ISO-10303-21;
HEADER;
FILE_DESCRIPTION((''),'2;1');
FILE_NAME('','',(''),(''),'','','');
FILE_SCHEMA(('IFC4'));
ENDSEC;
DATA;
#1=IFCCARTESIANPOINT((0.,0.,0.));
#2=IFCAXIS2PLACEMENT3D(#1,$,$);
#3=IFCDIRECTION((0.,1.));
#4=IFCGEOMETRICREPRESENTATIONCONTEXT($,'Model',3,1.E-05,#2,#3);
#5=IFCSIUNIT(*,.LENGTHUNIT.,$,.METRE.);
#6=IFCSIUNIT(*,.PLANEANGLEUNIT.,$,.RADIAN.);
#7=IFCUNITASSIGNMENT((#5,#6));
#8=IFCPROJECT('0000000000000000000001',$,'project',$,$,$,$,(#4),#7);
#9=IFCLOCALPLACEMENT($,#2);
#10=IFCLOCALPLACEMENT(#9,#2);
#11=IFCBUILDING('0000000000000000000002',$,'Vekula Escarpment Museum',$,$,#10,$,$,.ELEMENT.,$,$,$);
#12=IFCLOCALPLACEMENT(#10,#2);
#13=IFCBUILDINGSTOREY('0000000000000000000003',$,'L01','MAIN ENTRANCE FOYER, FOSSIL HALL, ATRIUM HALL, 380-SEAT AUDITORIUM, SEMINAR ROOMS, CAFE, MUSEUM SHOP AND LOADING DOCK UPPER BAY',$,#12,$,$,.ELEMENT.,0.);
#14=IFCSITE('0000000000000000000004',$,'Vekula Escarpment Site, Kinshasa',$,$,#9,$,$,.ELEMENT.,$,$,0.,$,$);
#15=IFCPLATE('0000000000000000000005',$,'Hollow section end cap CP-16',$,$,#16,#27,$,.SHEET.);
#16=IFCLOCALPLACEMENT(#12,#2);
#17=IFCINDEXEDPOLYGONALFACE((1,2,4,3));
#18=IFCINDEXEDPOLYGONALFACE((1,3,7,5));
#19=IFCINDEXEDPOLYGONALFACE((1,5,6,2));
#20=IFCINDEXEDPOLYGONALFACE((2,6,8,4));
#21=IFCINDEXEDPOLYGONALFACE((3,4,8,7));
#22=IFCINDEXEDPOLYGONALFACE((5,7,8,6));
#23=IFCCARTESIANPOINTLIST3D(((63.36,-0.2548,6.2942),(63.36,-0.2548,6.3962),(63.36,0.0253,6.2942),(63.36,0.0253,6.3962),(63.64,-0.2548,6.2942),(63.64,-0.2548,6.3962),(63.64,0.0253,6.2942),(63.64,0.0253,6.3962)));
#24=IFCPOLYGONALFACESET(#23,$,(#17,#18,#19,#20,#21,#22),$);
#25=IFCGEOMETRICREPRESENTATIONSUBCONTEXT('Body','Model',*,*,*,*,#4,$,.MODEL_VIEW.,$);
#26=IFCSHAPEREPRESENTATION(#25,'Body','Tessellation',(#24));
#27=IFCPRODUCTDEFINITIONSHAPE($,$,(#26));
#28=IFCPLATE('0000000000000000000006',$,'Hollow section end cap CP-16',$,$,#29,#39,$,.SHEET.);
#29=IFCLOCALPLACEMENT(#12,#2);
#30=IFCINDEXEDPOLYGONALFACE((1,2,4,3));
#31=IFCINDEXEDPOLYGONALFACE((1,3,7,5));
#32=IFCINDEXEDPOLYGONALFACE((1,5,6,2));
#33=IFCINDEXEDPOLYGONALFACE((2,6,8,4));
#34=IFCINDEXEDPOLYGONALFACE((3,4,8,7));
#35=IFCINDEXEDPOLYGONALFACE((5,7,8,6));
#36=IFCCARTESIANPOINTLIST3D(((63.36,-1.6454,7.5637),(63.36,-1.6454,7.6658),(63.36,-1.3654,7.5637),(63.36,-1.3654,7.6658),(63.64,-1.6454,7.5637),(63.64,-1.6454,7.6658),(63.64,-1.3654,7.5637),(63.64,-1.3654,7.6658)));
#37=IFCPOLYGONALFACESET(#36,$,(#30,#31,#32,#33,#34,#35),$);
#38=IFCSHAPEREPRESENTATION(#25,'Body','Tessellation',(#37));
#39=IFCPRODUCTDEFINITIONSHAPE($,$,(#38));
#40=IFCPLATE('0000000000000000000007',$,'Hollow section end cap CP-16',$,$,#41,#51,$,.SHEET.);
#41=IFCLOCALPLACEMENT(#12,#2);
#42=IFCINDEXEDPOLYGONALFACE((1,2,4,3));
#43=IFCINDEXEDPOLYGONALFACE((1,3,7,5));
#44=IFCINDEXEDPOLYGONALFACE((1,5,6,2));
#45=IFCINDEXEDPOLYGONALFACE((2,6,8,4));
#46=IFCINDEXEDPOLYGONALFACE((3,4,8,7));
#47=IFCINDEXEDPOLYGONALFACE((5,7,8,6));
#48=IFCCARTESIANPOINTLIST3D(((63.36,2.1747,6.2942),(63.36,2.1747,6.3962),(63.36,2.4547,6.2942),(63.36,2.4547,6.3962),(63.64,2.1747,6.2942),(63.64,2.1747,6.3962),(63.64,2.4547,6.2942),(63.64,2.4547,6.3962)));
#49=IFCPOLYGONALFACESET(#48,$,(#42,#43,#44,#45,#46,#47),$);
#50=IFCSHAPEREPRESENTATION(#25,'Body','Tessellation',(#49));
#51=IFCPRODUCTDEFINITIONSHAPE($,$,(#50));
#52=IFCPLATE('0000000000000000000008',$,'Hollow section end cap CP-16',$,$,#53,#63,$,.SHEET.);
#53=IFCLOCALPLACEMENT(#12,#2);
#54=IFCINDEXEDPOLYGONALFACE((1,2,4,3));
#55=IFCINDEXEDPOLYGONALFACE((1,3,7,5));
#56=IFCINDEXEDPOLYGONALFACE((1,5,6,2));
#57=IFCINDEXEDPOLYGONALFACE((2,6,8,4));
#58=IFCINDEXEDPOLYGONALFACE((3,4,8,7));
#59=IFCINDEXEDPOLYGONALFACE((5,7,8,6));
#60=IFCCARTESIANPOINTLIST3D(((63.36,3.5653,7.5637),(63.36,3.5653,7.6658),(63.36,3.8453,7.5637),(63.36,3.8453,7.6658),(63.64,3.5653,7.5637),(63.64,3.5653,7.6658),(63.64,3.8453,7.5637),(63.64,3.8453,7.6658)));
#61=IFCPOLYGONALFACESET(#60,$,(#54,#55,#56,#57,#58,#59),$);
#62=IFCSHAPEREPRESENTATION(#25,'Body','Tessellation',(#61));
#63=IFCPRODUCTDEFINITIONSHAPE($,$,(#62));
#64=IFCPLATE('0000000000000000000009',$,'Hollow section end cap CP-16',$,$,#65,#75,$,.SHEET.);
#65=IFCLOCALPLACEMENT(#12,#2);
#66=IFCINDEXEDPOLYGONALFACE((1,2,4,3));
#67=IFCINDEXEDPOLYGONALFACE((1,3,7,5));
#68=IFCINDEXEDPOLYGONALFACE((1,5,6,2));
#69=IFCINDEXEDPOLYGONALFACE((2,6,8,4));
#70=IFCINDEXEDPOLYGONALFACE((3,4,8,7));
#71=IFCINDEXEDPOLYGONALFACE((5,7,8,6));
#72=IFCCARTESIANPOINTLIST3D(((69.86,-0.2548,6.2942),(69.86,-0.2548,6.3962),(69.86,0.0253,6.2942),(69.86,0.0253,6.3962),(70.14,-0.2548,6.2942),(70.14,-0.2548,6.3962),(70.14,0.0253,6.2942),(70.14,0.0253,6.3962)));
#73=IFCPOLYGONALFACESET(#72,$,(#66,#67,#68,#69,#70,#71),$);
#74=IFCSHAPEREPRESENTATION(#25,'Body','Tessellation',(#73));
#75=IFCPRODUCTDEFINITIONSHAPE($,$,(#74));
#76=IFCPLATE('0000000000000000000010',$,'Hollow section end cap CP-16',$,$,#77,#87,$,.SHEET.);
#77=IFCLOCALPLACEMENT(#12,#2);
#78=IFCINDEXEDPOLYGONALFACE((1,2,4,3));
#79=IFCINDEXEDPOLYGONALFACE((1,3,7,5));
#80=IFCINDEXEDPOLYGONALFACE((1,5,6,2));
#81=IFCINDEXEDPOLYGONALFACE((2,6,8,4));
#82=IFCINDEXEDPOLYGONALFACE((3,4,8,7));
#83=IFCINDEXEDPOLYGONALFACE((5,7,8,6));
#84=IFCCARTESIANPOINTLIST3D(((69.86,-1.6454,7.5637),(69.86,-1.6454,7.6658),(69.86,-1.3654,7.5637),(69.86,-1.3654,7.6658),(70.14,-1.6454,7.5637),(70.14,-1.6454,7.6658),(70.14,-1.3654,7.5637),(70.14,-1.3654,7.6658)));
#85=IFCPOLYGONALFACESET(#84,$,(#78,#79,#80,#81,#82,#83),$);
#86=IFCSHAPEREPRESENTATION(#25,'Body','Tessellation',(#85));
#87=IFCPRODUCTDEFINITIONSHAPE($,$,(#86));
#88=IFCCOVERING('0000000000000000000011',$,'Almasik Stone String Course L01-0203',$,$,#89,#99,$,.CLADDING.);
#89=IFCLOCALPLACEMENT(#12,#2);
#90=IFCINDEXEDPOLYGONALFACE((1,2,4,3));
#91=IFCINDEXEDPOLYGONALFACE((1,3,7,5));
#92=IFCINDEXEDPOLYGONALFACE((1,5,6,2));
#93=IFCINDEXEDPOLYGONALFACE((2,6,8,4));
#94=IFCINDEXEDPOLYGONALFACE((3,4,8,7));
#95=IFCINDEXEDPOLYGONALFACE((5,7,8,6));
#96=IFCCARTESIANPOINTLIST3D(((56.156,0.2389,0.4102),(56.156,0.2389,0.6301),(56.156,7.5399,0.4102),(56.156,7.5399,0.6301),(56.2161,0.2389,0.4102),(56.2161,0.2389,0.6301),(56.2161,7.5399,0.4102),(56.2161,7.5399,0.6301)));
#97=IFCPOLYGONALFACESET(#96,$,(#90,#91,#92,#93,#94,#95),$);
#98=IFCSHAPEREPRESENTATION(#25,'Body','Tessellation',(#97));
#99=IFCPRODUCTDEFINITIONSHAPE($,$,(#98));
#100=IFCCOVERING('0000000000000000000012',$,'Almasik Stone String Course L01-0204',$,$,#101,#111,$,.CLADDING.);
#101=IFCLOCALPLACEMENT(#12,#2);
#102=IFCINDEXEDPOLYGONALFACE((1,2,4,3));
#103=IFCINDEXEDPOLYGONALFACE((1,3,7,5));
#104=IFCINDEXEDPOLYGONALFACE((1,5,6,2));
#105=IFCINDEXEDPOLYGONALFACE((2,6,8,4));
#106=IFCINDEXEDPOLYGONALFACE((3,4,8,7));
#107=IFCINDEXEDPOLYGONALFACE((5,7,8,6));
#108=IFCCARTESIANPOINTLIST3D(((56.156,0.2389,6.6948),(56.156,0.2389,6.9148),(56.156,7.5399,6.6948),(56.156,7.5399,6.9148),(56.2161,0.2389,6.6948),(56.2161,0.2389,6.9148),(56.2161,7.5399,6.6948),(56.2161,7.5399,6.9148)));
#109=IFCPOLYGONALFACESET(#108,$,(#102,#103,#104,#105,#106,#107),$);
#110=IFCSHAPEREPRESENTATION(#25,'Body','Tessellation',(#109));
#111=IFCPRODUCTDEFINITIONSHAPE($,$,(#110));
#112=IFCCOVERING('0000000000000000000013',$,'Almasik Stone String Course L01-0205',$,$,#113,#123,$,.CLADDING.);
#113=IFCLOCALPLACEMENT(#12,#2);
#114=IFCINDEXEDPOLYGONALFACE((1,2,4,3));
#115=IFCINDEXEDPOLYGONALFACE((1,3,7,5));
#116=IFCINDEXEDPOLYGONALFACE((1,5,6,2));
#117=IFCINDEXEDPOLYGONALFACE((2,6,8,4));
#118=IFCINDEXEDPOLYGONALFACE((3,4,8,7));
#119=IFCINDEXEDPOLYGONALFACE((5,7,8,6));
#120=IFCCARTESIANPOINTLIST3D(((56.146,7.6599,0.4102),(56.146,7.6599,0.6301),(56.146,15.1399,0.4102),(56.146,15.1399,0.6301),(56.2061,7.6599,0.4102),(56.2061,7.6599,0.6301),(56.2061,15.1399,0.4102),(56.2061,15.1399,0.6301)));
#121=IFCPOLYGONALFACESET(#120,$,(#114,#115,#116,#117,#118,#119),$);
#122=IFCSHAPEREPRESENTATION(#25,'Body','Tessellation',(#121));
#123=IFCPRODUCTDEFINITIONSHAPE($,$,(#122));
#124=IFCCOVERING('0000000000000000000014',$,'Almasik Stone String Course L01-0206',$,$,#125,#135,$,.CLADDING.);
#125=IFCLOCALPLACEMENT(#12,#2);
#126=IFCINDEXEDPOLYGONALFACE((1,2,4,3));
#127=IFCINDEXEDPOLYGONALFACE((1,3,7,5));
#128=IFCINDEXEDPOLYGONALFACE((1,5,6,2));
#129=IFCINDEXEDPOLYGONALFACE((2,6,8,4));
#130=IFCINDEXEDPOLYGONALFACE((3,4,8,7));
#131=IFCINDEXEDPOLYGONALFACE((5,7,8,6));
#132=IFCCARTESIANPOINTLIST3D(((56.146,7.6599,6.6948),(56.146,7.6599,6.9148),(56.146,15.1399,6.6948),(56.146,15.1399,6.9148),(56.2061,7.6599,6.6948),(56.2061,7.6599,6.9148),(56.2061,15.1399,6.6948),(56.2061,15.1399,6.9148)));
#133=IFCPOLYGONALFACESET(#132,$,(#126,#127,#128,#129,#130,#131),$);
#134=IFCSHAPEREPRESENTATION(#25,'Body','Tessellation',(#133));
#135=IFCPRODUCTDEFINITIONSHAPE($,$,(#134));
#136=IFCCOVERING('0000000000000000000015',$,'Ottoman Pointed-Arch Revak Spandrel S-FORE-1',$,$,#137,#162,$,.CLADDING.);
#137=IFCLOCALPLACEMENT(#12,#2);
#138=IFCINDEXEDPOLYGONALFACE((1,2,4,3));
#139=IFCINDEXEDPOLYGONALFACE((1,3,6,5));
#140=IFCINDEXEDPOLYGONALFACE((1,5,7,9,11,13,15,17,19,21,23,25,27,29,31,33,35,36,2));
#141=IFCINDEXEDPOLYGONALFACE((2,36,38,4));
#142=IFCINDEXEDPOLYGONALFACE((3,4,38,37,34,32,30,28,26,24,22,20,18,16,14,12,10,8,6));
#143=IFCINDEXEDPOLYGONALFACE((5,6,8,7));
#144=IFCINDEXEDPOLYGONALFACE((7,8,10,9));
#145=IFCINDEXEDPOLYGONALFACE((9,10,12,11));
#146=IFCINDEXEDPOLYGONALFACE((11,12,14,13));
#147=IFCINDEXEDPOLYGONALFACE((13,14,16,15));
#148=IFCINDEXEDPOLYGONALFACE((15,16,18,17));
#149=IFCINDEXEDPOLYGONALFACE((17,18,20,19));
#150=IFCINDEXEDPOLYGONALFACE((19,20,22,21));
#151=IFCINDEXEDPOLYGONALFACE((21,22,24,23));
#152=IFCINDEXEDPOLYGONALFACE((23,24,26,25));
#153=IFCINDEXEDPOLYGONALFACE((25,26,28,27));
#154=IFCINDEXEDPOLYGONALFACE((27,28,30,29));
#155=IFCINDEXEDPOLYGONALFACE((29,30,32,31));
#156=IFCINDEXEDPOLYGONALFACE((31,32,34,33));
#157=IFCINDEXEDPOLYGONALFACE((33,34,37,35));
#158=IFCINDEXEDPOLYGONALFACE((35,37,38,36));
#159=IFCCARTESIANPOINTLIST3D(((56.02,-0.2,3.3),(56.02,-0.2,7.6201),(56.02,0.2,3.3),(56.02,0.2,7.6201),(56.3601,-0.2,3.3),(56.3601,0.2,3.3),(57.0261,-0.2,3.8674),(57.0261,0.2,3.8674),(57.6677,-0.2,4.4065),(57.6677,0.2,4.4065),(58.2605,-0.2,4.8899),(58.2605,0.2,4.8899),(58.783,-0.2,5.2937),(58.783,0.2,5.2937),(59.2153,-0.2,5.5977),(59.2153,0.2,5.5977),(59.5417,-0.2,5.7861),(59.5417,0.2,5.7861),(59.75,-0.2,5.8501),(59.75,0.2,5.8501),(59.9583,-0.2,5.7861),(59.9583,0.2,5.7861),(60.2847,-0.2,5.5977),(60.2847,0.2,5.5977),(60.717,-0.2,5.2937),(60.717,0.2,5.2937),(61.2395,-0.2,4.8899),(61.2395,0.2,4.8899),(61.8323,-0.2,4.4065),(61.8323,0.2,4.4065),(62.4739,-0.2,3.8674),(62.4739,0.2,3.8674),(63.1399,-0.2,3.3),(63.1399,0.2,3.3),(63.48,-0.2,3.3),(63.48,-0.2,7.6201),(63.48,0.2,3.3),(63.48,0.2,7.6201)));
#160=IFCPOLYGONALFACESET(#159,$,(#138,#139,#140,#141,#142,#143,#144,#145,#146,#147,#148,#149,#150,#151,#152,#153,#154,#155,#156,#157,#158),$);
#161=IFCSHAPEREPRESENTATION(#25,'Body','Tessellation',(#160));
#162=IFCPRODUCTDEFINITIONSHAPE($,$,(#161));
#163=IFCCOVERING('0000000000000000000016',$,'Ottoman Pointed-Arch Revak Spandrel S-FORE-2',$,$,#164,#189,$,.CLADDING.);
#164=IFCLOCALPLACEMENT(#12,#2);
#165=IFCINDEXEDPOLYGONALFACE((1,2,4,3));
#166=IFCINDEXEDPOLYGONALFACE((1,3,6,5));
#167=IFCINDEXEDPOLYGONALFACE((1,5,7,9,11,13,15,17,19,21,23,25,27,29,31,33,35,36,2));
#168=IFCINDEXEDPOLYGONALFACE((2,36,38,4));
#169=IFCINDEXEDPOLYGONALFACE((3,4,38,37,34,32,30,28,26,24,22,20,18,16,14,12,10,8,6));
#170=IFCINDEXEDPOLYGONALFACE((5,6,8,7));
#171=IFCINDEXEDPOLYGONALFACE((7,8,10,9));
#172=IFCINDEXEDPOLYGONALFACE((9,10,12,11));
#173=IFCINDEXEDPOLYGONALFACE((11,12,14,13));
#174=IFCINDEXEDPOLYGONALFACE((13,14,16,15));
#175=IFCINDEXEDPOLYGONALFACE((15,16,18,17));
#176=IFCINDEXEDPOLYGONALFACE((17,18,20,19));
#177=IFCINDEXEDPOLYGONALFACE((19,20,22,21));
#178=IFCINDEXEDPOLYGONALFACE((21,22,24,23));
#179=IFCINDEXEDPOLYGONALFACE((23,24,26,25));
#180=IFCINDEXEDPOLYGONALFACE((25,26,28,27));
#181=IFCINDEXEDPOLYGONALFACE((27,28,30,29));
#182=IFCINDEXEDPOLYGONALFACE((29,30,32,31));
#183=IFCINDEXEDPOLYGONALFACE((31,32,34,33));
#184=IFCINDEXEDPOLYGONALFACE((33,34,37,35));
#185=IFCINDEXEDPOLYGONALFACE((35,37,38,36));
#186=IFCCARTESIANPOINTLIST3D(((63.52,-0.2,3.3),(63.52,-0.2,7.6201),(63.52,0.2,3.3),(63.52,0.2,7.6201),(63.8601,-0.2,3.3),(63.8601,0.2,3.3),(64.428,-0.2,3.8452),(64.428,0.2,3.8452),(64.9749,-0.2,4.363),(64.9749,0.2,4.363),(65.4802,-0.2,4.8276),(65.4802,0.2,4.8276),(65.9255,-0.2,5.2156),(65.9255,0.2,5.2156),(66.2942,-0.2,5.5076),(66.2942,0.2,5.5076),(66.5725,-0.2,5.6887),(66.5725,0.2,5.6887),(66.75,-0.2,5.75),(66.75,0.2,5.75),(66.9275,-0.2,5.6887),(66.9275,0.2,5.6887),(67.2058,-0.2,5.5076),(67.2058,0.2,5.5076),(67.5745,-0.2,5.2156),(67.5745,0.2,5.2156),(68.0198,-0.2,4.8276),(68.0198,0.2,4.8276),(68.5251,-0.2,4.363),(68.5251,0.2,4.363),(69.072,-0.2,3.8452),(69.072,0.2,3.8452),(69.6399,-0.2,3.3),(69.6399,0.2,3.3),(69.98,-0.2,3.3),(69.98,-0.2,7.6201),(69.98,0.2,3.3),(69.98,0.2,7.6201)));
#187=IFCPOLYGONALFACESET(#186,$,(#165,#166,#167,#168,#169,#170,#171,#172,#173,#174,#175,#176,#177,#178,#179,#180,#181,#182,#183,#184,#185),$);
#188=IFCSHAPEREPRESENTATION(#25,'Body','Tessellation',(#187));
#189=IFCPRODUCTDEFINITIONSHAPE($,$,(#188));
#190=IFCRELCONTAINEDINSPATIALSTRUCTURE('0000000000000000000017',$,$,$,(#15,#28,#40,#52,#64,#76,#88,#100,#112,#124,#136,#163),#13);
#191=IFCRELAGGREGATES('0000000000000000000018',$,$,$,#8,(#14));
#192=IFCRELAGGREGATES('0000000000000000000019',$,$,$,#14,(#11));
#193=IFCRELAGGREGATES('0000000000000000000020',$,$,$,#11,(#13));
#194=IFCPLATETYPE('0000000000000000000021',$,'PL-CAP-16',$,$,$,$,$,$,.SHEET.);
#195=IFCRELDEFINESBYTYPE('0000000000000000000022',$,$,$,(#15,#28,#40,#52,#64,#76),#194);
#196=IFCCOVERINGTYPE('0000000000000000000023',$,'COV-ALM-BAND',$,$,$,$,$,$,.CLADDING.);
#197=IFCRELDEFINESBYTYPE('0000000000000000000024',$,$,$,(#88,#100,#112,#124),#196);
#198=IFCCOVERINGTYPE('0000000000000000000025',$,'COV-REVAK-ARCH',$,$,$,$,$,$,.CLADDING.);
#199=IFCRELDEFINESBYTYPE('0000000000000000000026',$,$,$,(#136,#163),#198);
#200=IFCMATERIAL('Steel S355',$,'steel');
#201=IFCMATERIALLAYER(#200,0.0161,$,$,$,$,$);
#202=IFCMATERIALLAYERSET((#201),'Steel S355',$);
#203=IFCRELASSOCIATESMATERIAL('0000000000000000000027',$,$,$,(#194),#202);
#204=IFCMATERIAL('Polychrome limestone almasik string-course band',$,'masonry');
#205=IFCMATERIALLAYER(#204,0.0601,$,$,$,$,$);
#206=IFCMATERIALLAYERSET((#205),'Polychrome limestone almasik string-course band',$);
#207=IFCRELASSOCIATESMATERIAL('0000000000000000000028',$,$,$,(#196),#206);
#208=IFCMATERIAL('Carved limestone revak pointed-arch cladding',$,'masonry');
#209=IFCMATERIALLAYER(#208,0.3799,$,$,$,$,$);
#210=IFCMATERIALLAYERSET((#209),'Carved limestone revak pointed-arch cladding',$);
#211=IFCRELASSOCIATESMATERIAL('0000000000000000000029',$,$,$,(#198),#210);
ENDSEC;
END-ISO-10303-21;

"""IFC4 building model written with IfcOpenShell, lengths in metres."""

from ifc_helpers import new_model, si_unit, direction, frame, origin, origin_2d, place, context, subcontext, project, spatial, polyline, rectangle, outline, extrude, material, layer, layer_set, type_object, element, save


model = new_model("IFC4")

# Units and contexts
model_context = context("Model", 3, precision=1e-05, world=origin(), true_north=direction((0.0, 1.0)))
body_context = subcontext(model_context, "Body", "Model", "MODEL_VIEW")
ifc_project = project(units=[si_unit("LENGTHUNIT", "METRE"), si_unit("PLANEANGLEUNIT", "RADIAN")], contexts=[model_context])

# Site, building, storey
site_placement = place(None, origin())
site = spatial("IfcSite", under=ifc_project, at=site_placement, Name="Vekula Escarpment Site, Kinshasa", CompositionType="ELEMENT", RefElevation=0.0)
building_placement = place(site_placement, origin())
building = spatial("IfcBuilding", under=site, at=building_placement, Name="Vekula Escarpment Museum", CompositionType="ELEMENT")
storey_placement = place(building_placement, origin())
storey = spatial("IfcBuildingStorey", under=building, at=storey_placement, Name="L01", Description="MAIN ENTRANCE FOYER, FOSSIL HALL, ATRIUM HALL, 380-SEAT AUDITORIUM, SEMINAR ROOMS, CAFE, MUSEUM SHOP AND LOADING DOCK UPPER BAY", CompositionType="ELEMENT", Elevation=0.0)

# Plates
ifc_material_1 = material(Name="Steel S355", Category="steel")
ifc_layer_1 = layer(ifc_material_1, 0.0161)
ifc_layer_set_1 = layer_set([ifc_layer_1], Name="Steel S355")
plate_type = type_object("IfcPlateType", Name="PL-CAP-16", PredefinedType="SHEET", material=ifc_layer_set_1)
for number, where, z_axis, x_axis, name in (
    (1, (63.5, -0.1147, 6.2942), (0.0, 0.0, 1.0), (1.0, 0.0, 0.0), "Hollow section end cap CP-16"),
    (2, (63.5, -1.5054, 7.5637), (0.0, 0.0, 1.0), (1.0, 0.0, 0.0), "Hollow section end cap CP-16"),
    (3, (63.5, 2.3147, 6.2942), (0.0, 0.0, 1.0), (1.0, 0.0, 0.0), "Hollow section end cap CP-16"),
    (4, (63.5, 3.7053, 7.5637), (0.0, 0.0, 1.0), (1.0, 0.0, 0.0), "Hollow section end cap CP-16"),
    (5, (70.0, -0.1147, 6.2942), (0.0, 0.0, 1.0), (1.0, 0.0, 0.0), "Hollow section end cap CP-16"),
    (6, (70.0, -1.5054, 7.5637), (0.0, 0.0, 1.0), (1.0, 0.0, 0.0), "Hollow section end cap CP-16"),
):
    element("IfcPlate", number, at=place(storey_placement, frame(where, z_axis=z_axis, x_axis=x_axis)), inside=storey, type_object=plate_type, Name=name, PredefinedType="SHEET", context=body_context, shape_type="SweptSolid", body=[
        extrude(rectangle(XDim=0.28, YDim=0.28, at=origin_2d()), origin(), (0.0, 0.0, 1.0), 0.1021),
    ])

# Coverings
ifc_material_2 = material(Name="Polychrome limestone almasik string-course band", Category="masonry")
ifc_layer_2 = layer(ifc_material_2, 0.0601)
ifc_layer_set_2 = layer_set([ifc_layer_2], Name="Polychrome limestone almasik string-course band")
covering_type_1 = type_object("IfcCoveringType", Name="COV-ALM-BAND", PredefinedType="CLADDING", material=ifc_layer_set_2)
for number, where, z_axis, x_axis, name in (
    (7, (56.186, 3.8894, 0.4102), (0.0, 0.0, 1.0), (0.0, 1.0, 0.0), "Almasik Stone String Course L01-0203"),
    (8, (56.186, 3.8894, 6.6948), (0.0, 0.0, 1.0), (0.0, 1.0, 0.0), "Almasik Stone String Course L01-0204"),
):
    element("IfcCovering", number, at=place(storey_placement, frame(where, z_axis=z_axis, x_axis=x_axis)), inside=storey, type_object=covering_type_1, Name=name, PredefinedType="CLADDING", context=body_context, shape_type="SweptSolid", body=[
        extrude(rectangle(XDim=7.301, YDim=0.0601, at=origin_2d()), origin(), (0.0, 0.0, 1.0), 0.22),
    ])
for number, where, z_axis, x_axis, name in (
    (9, (56.176, 11.3999, 0.4102), (0.0, 0.0, 1.0), (0.0, 1.0, 0.0), "Almasik Stone String Course L01-0205"),
    (10, (56.176, 11.3999, 6.6948), (0.0, 0.0, 1.0), (0.0, 1.0, 0.0), "Almasik Stone String Course L01-0206"),
):
    element("IfcCovering", number, at=place(storey_placement, frame(where, z_axis=z_axis, x_axis=x_axis)), inside=storey, type_object=covering_type_1, Name=name, PredefinedType="CLADDING", context=body_context, shape_type="SweptSolid", body=[
        extrude(rectangle(XDim=7.48, YDim=0.0601, at=origin_2d()), origin(), (0.0, 0.0, 1.0), 0.22),
    ])
ifc_material_3 = material(Name="Carved limestone revak pointed-arch cladding", Category="masonry")
ifc_layer_3 = layer(ifc_material_3, 0.3799)
ifc_layer_set_3 = layer_set([ifc_layer_3], Name="Carved limestone revak pointed-arch cladding")
covering_type_2 = type_object("IfcCoveringType", Name="COV-REVAK-ARCH", PredefinedType="CLADDING", material=ifc_layer_set_3)
covering_1_placement = place(storey_placement, frame((59.75, 0.2, 3.3), z_axis=(0.0, -1.0, 0.0), x_axis=(1.0, 0.0, 0.0)))
element("IfcCovering", 11, at=covering_1_placement, inside=storey, type_object=covering_type_2, Name="Ottoman Pointed-Arch Revak Spandrel S-FORE-1", PredefinedType="CLADDING", context=body_context, shape_type="SweptSolid", body=[
    extrude(outline(polyline([(-3.73, 4.3201), (3.73, 4.3201), (3.73, 0.0), (3.3899, 0.0), (2.7239, 0.5674), (2.0823, 1.1064), (1.4895, 1.5898), (0.967, 1.9937), (0.5347, 2.2976), (0.2083, 2.4861), (0.0, 2.55), (-0.2083, 2.4861), (-0.5347, 2.2976), (-0.967, 1.9937), (-1.4895, 1.5898), (-2.0823, 1.1064), (-2.7239, 0.5674), (-3.3899, 0.0), (-3.73, 0.0), (-3.73, 4.3201)])), origin(), (0.0, 0.0, 1.0), 0.3999),
])
covering_2_placement = place(storey_placement, frame((66.75, 0.2, 3.3), z_axis=(0.0, -1.0, 0.0), x_axis=(1.0, 0.0, 0.0)))
element("IfcCovering", 12, at=covering_2_placement, inside=storey, type_object=covering_type_2, Name="Ottoman Pointed-Arch Revak Spandrel S-FORE-2", PredefinedType="CLADDING", context=body_context, shape_type="SweptSolid", body=[
    extrude(outline(polyline([(-3.23, 4.3201), (3.23, 4.3201), (3.23, 0.0), (2.8899, 0.0), (2.322, 0.5452), (1.7751, 1.063), (1.2698, 1.5276), (0.8245, 1.9155), (0.4558, 2.2075), (0.1775, 2.3887), (0.0, 2.45), (-0.1775, 2.3887), (-0.4558, 2.2075), (-0.8245, 1.9155), (-1.2698, 1.5276), (-1.7751, 1.063), (-2.322, 0.5452), (-2.8899, 0.0), (-3.23, 0.0), (-3.23, 4.3201)])), origin(), (0.0, 0.0, 1.0), 0.3999),
])

save(model, "model.ifc")
